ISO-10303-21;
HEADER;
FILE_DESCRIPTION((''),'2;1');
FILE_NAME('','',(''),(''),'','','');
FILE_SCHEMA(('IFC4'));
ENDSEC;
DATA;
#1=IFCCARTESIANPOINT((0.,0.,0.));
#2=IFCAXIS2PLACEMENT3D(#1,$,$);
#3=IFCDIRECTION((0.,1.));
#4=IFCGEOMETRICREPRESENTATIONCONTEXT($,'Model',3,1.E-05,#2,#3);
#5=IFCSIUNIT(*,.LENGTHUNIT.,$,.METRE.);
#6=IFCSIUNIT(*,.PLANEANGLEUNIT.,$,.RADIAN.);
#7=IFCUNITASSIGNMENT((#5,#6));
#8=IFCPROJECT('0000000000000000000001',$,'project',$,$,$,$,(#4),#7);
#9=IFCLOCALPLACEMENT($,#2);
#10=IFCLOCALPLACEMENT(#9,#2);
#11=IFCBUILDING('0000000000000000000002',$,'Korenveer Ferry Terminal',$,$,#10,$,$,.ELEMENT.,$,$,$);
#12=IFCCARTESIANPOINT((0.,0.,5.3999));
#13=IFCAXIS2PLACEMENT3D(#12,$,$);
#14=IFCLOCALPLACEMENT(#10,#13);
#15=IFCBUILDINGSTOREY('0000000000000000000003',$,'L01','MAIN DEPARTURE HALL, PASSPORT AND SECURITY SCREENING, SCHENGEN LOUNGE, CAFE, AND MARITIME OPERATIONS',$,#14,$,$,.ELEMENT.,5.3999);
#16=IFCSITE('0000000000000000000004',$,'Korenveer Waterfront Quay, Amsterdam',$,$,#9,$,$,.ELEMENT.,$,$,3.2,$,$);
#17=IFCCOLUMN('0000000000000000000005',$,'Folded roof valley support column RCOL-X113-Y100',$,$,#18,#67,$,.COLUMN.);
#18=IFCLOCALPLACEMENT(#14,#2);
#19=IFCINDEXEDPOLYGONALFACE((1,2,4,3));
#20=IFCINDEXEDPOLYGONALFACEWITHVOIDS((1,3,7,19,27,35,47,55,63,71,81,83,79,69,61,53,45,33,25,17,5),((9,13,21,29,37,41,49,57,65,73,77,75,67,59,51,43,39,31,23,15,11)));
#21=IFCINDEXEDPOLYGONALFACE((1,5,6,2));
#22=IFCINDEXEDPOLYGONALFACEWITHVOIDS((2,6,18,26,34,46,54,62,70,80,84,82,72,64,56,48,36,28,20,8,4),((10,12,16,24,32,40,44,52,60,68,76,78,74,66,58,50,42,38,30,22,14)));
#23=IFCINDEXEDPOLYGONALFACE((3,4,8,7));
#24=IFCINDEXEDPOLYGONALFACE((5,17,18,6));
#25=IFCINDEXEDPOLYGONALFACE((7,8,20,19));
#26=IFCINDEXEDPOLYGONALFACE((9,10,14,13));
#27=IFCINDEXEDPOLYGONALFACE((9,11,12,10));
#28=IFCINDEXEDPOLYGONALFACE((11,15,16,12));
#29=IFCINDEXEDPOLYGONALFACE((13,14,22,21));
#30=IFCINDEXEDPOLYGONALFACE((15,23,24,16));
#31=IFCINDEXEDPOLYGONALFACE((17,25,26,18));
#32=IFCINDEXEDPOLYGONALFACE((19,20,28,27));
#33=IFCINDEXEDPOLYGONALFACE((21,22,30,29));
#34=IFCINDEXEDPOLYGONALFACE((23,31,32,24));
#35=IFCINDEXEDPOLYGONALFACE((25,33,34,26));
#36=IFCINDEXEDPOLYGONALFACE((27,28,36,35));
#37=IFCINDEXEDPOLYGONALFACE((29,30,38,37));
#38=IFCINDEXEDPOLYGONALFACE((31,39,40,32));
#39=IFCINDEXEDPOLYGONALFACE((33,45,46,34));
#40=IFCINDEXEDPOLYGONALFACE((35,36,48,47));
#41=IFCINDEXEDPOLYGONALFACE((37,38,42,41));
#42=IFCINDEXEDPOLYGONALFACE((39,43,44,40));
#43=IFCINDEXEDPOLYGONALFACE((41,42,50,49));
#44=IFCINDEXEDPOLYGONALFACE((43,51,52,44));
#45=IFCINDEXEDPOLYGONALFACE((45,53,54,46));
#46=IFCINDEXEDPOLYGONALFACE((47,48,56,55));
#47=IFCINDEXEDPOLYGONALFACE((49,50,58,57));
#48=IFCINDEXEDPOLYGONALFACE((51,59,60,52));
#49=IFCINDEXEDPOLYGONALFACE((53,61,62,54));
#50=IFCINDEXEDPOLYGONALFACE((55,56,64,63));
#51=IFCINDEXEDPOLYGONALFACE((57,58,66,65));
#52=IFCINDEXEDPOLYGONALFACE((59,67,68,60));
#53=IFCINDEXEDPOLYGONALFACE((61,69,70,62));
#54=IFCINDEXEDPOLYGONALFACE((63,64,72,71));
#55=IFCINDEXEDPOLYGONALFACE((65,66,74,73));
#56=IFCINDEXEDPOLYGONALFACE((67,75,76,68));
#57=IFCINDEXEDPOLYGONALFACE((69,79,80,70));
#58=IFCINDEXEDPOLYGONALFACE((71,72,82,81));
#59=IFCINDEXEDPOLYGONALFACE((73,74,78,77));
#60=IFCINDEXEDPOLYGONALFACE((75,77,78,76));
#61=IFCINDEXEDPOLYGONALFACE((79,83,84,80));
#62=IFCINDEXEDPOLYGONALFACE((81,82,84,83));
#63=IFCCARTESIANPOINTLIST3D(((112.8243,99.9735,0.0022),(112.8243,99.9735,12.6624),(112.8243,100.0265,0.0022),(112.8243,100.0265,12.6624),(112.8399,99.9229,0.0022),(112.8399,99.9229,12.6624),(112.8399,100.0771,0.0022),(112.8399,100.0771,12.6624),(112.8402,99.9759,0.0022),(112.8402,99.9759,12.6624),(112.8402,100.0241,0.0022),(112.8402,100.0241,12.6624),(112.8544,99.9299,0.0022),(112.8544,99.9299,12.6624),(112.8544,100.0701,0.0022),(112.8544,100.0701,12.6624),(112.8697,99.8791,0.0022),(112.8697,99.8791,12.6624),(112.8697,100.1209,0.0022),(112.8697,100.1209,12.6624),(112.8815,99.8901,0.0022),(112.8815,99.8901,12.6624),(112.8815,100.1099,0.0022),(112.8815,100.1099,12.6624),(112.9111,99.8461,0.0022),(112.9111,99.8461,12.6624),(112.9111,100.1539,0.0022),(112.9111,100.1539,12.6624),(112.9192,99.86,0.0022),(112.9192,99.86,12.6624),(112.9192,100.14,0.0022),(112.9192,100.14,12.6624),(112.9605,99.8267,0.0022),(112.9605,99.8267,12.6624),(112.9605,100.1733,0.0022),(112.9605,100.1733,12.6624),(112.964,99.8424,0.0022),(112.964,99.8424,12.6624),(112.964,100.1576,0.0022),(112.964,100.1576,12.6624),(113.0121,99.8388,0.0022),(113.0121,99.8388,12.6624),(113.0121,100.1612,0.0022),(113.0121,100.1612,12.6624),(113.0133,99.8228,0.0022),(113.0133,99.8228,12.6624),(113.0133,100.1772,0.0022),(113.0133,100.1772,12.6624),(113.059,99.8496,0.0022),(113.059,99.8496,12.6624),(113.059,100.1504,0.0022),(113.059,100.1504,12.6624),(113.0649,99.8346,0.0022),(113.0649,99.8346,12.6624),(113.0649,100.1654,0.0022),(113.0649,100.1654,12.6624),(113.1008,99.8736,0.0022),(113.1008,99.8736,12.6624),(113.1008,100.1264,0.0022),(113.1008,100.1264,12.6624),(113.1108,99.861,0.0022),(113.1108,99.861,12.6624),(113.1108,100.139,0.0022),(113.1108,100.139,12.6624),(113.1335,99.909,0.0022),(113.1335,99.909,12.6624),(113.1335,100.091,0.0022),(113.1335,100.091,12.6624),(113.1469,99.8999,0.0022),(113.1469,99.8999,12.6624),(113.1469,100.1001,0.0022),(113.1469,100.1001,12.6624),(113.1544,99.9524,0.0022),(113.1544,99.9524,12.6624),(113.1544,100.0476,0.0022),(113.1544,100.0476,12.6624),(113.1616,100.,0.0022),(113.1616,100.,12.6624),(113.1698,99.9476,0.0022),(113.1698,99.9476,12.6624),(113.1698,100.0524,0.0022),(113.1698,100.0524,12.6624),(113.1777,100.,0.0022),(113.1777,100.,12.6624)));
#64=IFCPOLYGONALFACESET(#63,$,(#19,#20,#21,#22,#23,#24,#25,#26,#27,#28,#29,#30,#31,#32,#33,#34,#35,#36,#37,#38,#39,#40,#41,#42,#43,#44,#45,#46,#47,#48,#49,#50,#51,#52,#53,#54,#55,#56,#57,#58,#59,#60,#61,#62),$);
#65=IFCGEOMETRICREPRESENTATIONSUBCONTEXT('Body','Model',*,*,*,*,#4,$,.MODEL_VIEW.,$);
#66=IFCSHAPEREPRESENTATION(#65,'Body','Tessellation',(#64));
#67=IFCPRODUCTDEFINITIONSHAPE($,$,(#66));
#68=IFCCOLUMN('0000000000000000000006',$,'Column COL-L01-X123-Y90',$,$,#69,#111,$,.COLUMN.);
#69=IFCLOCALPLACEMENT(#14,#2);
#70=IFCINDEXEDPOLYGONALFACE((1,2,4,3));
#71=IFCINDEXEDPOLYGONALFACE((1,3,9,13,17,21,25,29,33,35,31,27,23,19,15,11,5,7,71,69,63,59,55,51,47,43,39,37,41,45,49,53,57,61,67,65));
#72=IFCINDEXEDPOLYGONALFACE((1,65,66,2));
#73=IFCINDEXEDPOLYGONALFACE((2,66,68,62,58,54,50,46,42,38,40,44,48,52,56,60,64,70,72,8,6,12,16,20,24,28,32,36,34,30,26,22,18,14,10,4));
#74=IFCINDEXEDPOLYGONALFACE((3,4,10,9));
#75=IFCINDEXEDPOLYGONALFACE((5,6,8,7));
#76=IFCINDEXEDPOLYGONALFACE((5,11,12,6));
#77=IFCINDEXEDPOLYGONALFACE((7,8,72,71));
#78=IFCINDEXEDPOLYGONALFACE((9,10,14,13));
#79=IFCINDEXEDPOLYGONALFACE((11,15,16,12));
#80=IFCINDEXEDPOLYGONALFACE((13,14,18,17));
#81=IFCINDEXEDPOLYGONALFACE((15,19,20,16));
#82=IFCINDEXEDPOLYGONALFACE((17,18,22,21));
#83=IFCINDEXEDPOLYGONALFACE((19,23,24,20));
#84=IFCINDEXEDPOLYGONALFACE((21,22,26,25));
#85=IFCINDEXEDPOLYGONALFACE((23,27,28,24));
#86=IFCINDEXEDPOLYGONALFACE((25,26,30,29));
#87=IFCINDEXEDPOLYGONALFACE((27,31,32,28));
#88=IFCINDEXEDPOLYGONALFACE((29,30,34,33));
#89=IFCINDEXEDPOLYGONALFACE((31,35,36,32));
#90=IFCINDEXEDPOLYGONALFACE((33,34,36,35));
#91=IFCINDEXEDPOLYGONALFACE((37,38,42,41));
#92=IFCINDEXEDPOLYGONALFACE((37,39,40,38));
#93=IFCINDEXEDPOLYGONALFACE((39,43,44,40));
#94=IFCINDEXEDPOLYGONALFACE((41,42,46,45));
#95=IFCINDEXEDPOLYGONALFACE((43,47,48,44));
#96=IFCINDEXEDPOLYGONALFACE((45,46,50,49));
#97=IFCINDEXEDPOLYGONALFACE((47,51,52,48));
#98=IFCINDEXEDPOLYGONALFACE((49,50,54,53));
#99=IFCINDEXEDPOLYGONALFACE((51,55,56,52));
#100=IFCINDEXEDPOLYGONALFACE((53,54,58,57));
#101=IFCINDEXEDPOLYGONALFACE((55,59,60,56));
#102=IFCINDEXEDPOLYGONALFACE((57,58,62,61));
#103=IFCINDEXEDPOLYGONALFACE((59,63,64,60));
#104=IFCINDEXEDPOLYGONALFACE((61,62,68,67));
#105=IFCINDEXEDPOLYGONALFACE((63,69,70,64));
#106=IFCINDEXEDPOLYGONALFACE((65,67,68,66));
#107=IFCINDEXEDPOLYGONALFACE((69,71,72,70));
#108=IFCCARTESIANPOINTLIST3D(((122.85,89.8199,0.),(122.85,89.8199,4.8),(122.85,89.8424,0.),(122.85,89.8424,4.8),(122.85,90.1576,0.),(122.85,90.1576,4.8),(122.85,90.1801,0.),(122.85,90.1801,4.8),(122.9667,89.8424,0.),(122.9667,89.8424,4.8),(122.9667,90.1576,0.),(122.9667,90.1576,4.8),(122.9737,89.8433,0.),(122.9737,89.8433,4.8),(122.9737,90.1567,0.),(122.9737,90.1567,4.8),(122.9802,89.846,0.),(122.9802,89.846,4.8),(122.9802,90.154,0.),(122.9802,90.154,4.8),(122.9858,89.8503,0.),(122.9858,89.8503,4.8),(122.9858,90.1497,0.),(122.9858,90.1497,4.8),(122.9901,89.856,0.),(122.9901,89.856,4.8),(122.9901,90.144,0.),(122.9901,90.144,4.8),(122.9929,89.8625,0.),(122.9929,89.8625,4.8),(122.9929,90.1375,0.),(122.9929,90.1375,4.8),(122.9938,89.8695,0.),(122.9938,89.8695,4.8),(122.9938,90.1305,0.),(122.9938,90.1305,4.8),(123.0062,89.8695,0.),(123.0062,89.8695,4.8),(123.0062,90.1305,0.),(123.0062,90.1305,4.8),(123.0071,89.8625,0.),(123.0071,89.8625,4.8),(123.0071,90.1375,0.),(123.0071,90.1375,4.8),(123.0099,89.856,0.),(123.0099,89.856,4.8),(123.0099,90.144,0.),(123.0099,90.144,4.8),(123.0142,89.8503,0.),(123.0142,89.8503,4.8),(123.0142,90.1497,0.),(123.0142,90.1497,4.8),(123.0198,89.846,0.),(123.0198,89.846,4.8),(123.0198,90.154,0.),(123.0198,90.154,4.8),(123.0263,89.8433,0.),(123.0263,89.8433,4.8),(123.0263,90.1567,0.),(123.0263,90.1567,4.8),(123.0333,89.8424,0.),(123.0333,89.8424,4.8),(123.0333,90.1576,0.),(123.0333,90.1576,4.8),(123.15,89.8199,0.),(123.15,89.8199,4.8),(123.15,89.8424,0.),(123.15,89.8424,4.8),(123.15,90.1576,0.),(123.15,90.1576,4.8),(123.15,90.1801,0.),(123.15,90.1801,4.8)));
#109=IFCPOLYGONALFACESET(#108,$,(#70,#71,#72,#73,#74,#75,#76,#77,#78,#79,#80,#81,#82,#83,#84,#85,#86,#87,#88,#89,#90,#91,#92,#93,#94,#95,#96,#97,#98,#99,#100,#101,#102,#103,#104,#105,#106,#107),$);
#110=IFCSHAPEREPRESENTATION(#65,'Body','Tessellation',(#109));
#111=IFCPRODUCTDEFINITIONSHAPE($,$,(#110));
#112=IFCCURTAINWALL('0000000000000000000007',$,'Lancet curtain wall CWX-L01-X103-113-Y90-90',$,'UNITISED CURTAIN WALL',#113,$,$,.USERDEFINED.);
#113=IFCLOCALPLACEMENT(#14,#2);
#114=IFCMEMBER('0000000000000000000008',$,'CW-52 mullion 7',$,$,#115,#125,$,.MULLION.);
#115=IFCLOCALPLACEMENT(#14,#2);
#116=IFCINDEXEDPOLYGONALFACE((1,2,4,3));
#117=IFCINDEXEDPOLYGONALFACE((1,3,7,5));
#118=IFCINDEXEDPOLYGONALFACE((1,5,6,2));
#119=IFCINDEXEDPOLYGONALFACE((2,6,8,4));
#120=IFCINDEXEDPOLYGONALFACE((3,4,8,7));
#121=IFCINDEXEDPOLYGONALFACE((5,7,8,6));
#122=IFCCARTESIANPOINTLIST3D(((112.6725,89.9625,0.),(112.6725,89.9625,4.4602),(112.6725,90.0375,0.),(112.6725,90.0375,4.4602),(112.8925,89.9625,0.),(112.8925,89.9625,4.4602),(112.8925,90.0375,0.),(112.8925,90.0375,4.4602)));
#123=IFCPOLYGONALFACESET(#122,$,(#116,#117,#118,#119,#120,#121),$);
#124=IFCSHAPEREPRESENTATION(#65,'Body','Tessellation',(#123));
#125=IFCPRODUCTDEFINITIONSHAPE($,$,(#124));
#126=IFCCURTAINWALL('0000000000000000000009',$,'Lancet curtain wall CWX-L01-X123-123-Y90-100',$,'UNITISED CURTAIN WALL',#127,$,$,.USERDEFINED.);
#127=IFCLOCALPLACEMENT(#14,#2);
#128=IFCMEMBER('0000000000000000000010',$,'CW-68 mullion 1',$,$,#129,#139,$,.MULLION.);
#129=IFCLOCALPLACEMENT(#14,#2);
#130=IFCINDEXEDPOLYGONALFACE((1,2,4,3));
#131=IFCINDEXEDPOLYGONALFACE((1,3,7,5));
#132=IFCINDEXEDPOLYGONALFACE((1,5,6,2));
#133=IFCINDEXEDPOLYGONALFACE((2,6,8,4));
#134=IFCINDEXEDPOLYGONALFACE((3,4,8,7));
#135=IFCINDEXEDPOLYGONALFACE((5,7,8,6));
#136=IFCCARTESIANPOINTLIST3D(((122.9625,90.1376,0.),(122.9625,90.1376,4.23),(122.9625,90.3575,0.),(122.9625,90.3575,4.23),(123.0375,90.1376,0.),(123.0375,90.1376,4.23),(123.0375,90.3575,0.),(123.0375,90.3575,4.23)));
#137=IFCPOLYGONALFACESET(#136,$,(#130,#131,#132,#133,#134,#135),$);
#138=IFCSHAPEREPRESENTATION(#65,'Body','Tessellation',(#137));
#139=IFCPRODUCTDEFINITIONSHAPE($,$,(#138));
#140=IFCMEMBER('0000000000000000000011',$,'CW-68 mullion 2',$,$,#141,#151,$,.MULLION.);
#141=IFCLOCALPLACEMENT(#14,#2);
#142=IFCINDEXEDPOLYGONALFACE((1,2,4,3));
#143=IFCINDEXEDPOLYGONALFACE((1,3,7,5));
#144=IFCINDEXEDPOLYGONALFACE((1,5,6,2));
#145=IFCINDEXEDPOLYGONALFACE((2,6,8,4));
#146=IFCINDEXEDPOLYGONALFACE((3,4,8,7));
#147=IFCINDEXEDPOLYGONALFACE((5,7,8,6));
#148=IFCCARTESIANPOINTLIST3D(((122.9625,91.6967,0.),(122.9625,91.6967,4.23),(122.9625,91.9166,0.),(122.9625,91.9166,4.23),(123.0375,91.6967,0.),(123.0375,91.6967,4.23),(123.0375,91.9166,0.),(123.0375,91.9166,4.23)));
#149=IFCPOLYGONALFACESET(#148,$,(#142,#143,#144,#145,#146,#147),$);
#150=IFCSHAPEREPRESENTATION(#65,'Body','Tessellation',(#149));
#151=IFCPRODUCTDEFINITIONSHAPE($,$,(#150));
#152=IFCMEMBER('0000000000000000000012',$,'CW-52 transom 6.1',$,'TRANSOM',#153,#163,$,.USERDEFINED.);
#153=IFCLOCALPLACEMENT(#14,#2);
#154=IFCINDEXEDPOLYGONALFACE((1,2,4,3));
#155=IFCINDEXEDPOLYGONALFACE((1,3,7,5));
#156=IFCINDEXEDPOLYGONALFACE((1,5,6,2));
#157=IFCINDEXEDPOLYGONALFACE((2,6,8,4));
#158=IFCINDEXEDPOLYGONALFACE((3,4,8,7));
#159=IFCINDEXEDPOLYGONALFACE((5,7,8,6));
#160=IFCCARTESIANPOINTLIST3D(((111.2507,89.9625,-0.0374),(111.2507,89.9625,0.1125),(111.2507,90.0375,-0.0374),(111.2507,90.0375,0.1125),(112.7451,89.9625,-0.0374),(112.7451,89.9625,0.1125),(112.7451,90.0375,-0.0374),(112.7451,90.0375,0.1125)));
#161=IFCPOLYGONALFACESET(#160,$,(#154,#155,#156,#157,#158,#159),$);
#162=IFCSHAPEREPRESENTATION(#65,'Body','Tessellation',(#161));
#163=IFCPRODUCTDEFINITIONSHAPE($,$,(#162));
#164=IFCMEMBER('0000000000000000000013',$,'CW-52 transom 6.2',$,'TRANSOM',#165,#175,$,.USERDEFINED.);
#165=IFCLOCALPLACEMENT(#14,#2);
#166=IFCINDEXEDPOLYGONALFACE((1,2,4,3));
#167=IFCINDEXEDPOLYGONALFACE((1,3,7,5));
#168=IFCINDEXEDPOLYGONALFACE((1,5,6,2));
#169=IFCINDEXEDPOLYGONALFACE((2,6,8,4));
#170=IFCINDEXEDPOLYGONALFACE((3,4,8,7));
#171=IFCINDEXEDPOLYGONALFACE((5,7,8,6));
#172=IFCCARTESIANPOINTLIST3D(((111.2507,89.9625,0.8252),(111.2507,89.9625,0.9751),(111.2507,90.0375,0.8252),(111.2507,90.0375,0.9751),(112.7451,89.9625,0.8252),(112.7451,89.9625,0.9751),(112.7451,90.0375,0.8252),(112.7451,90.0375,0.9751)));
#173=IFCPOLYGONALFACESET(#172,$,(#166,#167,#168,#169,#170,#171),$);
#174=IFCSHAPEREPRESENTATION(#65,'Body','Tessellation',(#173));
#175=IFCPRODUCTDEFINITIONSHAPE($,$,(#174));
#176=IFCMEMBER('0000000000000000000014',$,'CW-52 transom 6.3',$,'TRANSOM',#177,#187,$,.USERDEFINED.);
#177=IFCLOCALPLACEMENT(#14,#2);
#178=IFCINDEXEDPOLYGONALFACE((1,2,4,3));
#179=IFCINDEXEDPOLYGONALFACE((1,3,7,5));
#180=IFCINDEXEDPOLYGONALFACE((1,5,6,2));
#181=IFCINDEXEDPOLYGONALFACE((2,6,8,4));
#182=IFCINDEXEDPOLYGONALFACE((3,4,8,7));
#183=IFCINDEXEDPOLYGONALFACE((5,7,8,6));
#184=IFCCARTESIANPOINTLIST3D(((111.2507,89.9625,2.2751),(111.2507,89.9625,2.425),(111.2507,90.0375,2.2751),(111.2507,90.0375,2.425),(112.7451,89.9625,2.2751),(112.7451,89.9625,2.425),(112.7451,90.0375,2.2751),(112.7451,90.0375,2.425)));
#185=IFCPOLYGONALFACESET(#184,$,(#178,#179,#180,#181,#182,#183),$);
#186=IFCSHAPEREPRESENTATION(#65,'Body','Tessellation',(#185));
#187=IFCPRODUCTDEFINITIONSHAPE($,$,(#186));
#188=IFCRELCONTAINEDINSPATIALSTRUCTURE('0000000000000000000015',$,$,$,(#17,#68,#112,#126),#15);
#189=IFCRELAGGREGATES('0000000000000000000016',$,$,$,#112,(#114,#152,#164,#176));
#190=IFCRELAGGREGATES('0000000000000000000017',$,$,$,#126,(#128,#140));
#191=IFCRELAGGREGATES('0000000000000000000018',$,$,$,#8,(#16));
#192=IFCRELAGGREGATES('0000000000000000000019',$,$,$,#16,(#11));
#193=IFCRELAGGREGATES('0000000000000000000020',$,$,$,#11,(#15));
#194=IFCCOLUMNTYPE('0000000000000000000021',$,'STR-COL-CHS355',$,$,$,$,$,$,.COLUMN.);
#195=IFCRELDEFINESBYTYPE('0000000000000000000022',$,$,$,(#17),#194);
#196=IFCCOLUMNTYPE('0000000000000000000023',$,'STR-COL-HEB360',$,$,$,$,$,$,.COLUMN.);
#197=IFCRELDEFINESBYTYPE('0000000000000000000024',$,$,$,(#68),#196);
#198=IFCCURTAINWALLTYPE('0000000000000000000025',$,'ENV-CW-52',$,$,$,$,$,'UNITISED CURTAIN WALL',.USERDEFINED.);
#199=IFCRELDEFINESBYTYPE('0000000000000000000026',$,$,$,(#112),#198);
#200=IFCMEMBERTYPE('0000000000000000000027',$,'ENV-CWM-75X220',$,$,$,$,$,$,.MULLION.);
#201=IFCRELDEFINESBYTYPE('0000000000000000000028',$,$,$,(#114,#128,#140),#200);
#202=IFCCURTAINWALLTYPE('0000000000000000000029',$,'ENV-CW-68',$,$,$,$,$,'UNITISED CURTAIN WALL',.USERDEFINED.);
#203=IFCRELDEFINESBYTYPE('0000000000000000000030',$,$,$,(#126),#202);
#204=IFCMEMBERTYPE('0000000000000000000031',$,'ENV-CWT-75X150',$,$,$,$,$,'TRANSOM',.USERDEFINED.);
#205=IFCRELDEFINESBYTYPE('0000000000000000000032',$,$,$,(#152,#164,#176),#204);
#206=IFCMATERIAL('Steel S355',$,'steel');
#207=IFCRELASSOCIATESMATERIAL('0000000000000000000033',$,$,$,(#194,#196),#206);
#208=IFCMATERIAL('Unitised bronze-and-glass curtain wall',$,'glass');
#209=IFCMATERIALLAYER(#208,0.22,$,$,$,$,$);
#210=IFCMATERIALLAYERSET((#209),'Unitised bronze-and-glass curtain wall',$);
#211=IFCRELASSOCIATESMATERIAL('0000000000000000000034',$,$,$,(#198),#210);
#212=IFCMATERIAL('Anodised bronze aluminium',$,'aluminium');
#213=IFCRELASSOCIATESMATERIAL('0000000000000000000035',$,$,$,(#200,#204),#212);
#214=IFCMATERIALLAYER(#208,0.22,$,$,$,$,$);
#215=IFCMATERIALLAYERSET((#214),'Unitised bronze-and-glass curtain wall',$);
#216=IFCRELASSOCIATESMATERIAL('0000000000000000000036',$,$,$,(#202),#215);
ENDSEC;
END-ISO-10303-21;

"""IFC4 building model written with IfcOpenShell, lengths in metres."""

from ifc_helpers import new_model, si_unit, direction, frame, origin, origin_2d, place, context, subcontext, project, spatial, rectangle, hollow_circle, i_section, extrude, material, layer, layer_set, material_profile, profile_set, type_object, element, aggregate, save


model = new_model("IFC4")

# Units and contexts
model_context = context("Model", 3, precision=1e-05, world=origin(), true_north=direction((0.0, 1.0)))
body_context = subcontext(model_context, "Body", "Model", "MODEL_VIEW")
ifc_project = project(units=[si_unit("LENGTHUNIT", "METRE"), si_unit("PLANEANGLEUNIT", "RADIAN")], contexts=[model_context])

# Site, building, storey
site_placement = place(None, origin())
site = spatial("IfcSite", under=ifc_project, at=site_placement, Name="Korenveer Waterfront Quay, Amsterdam", CompositionType="ELEMENT", RefElevation=3.2)
building_placement = place(site_placement, origin())
building = spatial("IfcBuilding", under=site, at=building_placement, Name="Korenveer Ferry Terminal", CompositionType="ELEMENT")
storey_placement = place(building_placement, frame((0.0, 0.0, 5.3999)))
storey = spatial("IfcBuildingStorey", under=building, at=storey_placement, Name="L01", Description="MAIN DEPARTURE HALL, PASSPORT AND SECURITY SCREENING, SCHENGEN LOUNGE, CAFE, AND MARITIME OPERATIONS", CompositionType="ELEMENT", Elevation=5.3999)

# Columns
ifc_material_1 = material(Name="Steel S355", Category="steel")
ifc_material_profile_1 = material_profile(ifc_material_1, hollow_circle(Radius=0.1777, WallThickness=0.0161, at=origin_2d()), Name="CHS 355.6x16")
ifc_profile_set_1 = profile_set([ifc_material_profile_1], Name="Steel S355")
column_type_1 = type_object("IfcColumnType", Name="STR-COL-CHS355", PredefinedType="COLUMN", material=ifc_profile_set_1)
column_1_placement = place(storey_placement, frame((113.0, 100.0, 0.0022), z_axis=(0.0, 0.0, 1.0), x_axis=(1.0, 0.0, 0.0)))
element("IfcColumn", 1, at=column_1_placement, inside=storey, type_object=column_type_1, Name="Folded roof valley support column RCOL-X113-Y100", PredefinedType="COLUMN", context=body_context, shape_type="SweptSolid", body=[
    extrude(hollow_circle(Radius=0.1777, WallThickness=0.0161, at=origin_2d()), origin(), (0.0, 0.0, 1.0), 12.6602),
])
ifc_material_profile_2 = material_profile(ifc_material_1, i_section(OverallWidth=0.3, OverallDepth=0.3601, WebThickness=0.0125, FlangeThickness=0.0225, FilletRadius=0.0271, at=origin_2d()), Name="HEB 360")
ifc_profile_set_2 = profile_set([ifc_material_profile_2], Name="Steel S355")
column_type_2 = type_object("IfcColumnType", Name="STR-COL-HEB360", PredefinedType="COLUMN", material=ifc_profile_set_2)
column_2_placement = place(storey_placement, frame((123.0, 90.0, 0.0), z_axis=(0.0, 0.0, 1.0), x_axis=(1.0, 0.0, 0.0)))
element("IfcColumn", 2, at=column_2_placement, inside=storey, type_object=column_type_2, Name="Column COL-L01-X123-Y90", PredefinedType="COLUMN", context=body_context, shape_type="SweptSolid", body=[
    extrude(i_section(OverallWidth=0.3, OverallDepth=0.3601, WebThickness=0.0125, FlangeThickness=0.0225, FilletRadius=0.0271, at=origin_2d()), origin(), (0.0, 0.0, 1.0), 4.8),
])

# Curtain wall, member
ifc_material_2 = material(Name="Unitised bronze-and-glass curtain wall", Category="glass")
ifc_layer_1 = layer(ifc_material_2, 0.22)
ifc_layer_set_1 = layer_set([ifc_layer_1], Name="Unitised bronze-and-glass curtain wall")
curtain_wall_type_1 = type_object("IfcCurtainWallType", Name="ENV-CW-52", ElementType="UNITISED CURTAIN WALL", PredefinedType="USERDEFINED", material=ifc_layer_set_1)
curtain_wall_1_placement = place(storey_placement, frame((103.1799, 90.0, 0.0)))
curtain_wall_1 = element("IfcCurtainWall", 3, at=curtain_wall_1_placement, inside=storey, type_object=curtain_wall_type_1, Name="Lancet curtain wall CWX-L01-X103-113-Y90-90", ObjectType="UNITISED CURTAIN WALL", PredefinedType="USERDEFINED")
ifc_material_3 = material(Name="Anodised bronze aluminium", Category="aluminium")
ifc_material_profile_3 = material_profile(ifc_material_3, rectangle(XDim=0.075, YDim=0.22, at=origin_2d()), Name="ALU 75x220")
ifc_profile_set_3 = profile_set([ifc_material_profile_3], Name="Anodised bronze aluminium")
member_type_1 = type_object("IfcMemberType", Name="ENV-CWM-75X220", PredefinedType="MULLION", material=ifc_profile_set_3)
member_1_placement = place(storey_placement, frame((112.7825, 90.0, 0.0), z_axis=(0.0, 0.0, 1.0), x_axis=(0.0, 1.0, 0.0)))
member_1 = element("IfcMember", 4, at=member_1_placement, type_object=member_type_1, Name="CW-52 mullion 7", PredefinedType="MULLION", context=body_context, shape_type="SweptSolid", body=[
    extrude(rectangle(XDim=0.075, YDim=0.22, at=origin_2d()), origin(), (0.0, 0.0, 1.0), 4.4602),
])

# Curtain wall, members
ifc_layer_2 = layer(ifc_material_2, 0.22)
ifc_layer_set_2 = layer_set([ifc_layer_2], Name="Unitised bronze-and-glass curtain wall")
curtain_wall_type_2 = type_object("IfcCurtainWallType", Name="ENV-CW-68", ElementType="UNITISED CURTAIN WALL", PredefinedType="USERDEFINED", material=ifc_layer_set_2)
curtain_wall_2_placement = place(storey_placement, frame((123.0, 90.21, 0.0)))
curtain_wall_2 = element("IfcCurtainWall", 5, at=curtain_wall_2_placement, inside=storey, type_object=curtain_wall_type_2, Name="Lancet curtain wall CWX-L01-X123-123-Y90-100", ObjectType="UNITISED CURTAIN WALL", PredefinedType="USERDEFINED")
member_2_placement = place(storey_placement, frame((123.0, 90.2476, 0.0), z_axis=(0.0, 0.0, 1.0), x_axis=(-1.0, 0.0, 0.0)))
member_2 = element("IfcMember", 6, at=member_2_placement, type_object=member_type_1, Name="CW-68 mullion 1", PredefinedType="MULLION", context=body_context, shape_type="SweptSolid", body=[
    extrude(rectangle(XDim=0.075, YDim=0.22, at=origin_2d()), origin(), (0.0, 0.0, 1.0), 4.23),
])
member_3_placement = place(storey_placement, frame((123.0, 91.8066, 0.0), z_axis=(0.0, 0.0, 1.0), x_axis=(-1.0, 0.0, 0.0)))
member_3 = element("IfcMember", 7, at=member_3_placement, type_object=member_type_1, Name="CW-68 mullion 2", PredefinedType="MULLION", context=body_context, shape_type="SweptSolid", body=[
    extrude(rectangle(XDim=0.075, YDim=0.22, at=origin_2d()), origin(), (0.0, 0.0, 1.0), 4.23),
])

# Members
ifc_material_profile_4 = material_profile(ifc_material_3, rectangle(XDim=0.075, YDim=0.1499, at=origin_2d()), Name="ALU 75x150")
ifc_profile_set_4 = profile_set([ifc_material_profile_4], Name="Anodised bronze aluminium")
member_type_2 = type_object("IfcMemberType", Name="ENV-CWT-75X150", ElementType="TRANSOM", PredefinedType="USERDEFINED", material=ifc_profile_set_4)
member_4_placement = place(storey_placement, frame((111.2507, 90.0, 0.0376), z_axis=(1.0, 0.0, 0.0), x_axis=(0.0, 1.0, 0.0)))
member_4 = element("IfcMember", 8, at=member_4_placement, type_object=member_type_2, Name="CW-52 transom 6.1", ObjectType="TRANSOM", PredefinedType="USERDEFINED", context=body_context, shape_type="SweptSolid", body=[
    extrude(rectangle(XDim=0.075, YDim=0.1499, at=origin_2d()), origin(), (0.0, 0.0, 1.0), 1.4944),
])
member_5_placement = place(storey_placement, frame((111.2507, 90.0, 0.9001), z_axis=(1.0, 0.0, 0.0), x_axis=(0.0, 1.0, 0.0)))
member_5 = element("IfcMember", 9, at=member_5_placement, type_object=member_type_2, Name="CW-52 transom 6.2", ObjectType="TRANSOM", PredefinedType="USERDEFINED", context=body_context, shape_type="SweptSolid", body=[
    extrude(rectangle(XDim=0.075, YDim=0.1499, at=origin_2d()), origin(), (0.0, 0.0, 1.0), 1.4944),
])
member_6_placement = place(storey_placement, frame((111.2507, 90.0, 2.3501), z_axis=(1.0, 0.0, 0.0), x_axis=(0.0, 1.0, 0.0)))
member_6 = element("IfcMember", 10, at=member_6_placement, type_object=member_type_2, Name="CW-52 transom 6.3", ObjectType="TRANSOM", PredefinedType="USERDEFINED", context=body_context, shape_type="SweptSolid", body=[
    extrude(rectangle(XDim=0.075, YDim=0.1499, at=origin_2d()), origin(), (0.0, 0.0, 1.0), 1.4944),
])

aggregate(curtain_wall_1, [member_1, member_4, member_5, member_6])
aggregate(curtain_wall_2, [member_2, member_3])

save(model, "model.ifc")
